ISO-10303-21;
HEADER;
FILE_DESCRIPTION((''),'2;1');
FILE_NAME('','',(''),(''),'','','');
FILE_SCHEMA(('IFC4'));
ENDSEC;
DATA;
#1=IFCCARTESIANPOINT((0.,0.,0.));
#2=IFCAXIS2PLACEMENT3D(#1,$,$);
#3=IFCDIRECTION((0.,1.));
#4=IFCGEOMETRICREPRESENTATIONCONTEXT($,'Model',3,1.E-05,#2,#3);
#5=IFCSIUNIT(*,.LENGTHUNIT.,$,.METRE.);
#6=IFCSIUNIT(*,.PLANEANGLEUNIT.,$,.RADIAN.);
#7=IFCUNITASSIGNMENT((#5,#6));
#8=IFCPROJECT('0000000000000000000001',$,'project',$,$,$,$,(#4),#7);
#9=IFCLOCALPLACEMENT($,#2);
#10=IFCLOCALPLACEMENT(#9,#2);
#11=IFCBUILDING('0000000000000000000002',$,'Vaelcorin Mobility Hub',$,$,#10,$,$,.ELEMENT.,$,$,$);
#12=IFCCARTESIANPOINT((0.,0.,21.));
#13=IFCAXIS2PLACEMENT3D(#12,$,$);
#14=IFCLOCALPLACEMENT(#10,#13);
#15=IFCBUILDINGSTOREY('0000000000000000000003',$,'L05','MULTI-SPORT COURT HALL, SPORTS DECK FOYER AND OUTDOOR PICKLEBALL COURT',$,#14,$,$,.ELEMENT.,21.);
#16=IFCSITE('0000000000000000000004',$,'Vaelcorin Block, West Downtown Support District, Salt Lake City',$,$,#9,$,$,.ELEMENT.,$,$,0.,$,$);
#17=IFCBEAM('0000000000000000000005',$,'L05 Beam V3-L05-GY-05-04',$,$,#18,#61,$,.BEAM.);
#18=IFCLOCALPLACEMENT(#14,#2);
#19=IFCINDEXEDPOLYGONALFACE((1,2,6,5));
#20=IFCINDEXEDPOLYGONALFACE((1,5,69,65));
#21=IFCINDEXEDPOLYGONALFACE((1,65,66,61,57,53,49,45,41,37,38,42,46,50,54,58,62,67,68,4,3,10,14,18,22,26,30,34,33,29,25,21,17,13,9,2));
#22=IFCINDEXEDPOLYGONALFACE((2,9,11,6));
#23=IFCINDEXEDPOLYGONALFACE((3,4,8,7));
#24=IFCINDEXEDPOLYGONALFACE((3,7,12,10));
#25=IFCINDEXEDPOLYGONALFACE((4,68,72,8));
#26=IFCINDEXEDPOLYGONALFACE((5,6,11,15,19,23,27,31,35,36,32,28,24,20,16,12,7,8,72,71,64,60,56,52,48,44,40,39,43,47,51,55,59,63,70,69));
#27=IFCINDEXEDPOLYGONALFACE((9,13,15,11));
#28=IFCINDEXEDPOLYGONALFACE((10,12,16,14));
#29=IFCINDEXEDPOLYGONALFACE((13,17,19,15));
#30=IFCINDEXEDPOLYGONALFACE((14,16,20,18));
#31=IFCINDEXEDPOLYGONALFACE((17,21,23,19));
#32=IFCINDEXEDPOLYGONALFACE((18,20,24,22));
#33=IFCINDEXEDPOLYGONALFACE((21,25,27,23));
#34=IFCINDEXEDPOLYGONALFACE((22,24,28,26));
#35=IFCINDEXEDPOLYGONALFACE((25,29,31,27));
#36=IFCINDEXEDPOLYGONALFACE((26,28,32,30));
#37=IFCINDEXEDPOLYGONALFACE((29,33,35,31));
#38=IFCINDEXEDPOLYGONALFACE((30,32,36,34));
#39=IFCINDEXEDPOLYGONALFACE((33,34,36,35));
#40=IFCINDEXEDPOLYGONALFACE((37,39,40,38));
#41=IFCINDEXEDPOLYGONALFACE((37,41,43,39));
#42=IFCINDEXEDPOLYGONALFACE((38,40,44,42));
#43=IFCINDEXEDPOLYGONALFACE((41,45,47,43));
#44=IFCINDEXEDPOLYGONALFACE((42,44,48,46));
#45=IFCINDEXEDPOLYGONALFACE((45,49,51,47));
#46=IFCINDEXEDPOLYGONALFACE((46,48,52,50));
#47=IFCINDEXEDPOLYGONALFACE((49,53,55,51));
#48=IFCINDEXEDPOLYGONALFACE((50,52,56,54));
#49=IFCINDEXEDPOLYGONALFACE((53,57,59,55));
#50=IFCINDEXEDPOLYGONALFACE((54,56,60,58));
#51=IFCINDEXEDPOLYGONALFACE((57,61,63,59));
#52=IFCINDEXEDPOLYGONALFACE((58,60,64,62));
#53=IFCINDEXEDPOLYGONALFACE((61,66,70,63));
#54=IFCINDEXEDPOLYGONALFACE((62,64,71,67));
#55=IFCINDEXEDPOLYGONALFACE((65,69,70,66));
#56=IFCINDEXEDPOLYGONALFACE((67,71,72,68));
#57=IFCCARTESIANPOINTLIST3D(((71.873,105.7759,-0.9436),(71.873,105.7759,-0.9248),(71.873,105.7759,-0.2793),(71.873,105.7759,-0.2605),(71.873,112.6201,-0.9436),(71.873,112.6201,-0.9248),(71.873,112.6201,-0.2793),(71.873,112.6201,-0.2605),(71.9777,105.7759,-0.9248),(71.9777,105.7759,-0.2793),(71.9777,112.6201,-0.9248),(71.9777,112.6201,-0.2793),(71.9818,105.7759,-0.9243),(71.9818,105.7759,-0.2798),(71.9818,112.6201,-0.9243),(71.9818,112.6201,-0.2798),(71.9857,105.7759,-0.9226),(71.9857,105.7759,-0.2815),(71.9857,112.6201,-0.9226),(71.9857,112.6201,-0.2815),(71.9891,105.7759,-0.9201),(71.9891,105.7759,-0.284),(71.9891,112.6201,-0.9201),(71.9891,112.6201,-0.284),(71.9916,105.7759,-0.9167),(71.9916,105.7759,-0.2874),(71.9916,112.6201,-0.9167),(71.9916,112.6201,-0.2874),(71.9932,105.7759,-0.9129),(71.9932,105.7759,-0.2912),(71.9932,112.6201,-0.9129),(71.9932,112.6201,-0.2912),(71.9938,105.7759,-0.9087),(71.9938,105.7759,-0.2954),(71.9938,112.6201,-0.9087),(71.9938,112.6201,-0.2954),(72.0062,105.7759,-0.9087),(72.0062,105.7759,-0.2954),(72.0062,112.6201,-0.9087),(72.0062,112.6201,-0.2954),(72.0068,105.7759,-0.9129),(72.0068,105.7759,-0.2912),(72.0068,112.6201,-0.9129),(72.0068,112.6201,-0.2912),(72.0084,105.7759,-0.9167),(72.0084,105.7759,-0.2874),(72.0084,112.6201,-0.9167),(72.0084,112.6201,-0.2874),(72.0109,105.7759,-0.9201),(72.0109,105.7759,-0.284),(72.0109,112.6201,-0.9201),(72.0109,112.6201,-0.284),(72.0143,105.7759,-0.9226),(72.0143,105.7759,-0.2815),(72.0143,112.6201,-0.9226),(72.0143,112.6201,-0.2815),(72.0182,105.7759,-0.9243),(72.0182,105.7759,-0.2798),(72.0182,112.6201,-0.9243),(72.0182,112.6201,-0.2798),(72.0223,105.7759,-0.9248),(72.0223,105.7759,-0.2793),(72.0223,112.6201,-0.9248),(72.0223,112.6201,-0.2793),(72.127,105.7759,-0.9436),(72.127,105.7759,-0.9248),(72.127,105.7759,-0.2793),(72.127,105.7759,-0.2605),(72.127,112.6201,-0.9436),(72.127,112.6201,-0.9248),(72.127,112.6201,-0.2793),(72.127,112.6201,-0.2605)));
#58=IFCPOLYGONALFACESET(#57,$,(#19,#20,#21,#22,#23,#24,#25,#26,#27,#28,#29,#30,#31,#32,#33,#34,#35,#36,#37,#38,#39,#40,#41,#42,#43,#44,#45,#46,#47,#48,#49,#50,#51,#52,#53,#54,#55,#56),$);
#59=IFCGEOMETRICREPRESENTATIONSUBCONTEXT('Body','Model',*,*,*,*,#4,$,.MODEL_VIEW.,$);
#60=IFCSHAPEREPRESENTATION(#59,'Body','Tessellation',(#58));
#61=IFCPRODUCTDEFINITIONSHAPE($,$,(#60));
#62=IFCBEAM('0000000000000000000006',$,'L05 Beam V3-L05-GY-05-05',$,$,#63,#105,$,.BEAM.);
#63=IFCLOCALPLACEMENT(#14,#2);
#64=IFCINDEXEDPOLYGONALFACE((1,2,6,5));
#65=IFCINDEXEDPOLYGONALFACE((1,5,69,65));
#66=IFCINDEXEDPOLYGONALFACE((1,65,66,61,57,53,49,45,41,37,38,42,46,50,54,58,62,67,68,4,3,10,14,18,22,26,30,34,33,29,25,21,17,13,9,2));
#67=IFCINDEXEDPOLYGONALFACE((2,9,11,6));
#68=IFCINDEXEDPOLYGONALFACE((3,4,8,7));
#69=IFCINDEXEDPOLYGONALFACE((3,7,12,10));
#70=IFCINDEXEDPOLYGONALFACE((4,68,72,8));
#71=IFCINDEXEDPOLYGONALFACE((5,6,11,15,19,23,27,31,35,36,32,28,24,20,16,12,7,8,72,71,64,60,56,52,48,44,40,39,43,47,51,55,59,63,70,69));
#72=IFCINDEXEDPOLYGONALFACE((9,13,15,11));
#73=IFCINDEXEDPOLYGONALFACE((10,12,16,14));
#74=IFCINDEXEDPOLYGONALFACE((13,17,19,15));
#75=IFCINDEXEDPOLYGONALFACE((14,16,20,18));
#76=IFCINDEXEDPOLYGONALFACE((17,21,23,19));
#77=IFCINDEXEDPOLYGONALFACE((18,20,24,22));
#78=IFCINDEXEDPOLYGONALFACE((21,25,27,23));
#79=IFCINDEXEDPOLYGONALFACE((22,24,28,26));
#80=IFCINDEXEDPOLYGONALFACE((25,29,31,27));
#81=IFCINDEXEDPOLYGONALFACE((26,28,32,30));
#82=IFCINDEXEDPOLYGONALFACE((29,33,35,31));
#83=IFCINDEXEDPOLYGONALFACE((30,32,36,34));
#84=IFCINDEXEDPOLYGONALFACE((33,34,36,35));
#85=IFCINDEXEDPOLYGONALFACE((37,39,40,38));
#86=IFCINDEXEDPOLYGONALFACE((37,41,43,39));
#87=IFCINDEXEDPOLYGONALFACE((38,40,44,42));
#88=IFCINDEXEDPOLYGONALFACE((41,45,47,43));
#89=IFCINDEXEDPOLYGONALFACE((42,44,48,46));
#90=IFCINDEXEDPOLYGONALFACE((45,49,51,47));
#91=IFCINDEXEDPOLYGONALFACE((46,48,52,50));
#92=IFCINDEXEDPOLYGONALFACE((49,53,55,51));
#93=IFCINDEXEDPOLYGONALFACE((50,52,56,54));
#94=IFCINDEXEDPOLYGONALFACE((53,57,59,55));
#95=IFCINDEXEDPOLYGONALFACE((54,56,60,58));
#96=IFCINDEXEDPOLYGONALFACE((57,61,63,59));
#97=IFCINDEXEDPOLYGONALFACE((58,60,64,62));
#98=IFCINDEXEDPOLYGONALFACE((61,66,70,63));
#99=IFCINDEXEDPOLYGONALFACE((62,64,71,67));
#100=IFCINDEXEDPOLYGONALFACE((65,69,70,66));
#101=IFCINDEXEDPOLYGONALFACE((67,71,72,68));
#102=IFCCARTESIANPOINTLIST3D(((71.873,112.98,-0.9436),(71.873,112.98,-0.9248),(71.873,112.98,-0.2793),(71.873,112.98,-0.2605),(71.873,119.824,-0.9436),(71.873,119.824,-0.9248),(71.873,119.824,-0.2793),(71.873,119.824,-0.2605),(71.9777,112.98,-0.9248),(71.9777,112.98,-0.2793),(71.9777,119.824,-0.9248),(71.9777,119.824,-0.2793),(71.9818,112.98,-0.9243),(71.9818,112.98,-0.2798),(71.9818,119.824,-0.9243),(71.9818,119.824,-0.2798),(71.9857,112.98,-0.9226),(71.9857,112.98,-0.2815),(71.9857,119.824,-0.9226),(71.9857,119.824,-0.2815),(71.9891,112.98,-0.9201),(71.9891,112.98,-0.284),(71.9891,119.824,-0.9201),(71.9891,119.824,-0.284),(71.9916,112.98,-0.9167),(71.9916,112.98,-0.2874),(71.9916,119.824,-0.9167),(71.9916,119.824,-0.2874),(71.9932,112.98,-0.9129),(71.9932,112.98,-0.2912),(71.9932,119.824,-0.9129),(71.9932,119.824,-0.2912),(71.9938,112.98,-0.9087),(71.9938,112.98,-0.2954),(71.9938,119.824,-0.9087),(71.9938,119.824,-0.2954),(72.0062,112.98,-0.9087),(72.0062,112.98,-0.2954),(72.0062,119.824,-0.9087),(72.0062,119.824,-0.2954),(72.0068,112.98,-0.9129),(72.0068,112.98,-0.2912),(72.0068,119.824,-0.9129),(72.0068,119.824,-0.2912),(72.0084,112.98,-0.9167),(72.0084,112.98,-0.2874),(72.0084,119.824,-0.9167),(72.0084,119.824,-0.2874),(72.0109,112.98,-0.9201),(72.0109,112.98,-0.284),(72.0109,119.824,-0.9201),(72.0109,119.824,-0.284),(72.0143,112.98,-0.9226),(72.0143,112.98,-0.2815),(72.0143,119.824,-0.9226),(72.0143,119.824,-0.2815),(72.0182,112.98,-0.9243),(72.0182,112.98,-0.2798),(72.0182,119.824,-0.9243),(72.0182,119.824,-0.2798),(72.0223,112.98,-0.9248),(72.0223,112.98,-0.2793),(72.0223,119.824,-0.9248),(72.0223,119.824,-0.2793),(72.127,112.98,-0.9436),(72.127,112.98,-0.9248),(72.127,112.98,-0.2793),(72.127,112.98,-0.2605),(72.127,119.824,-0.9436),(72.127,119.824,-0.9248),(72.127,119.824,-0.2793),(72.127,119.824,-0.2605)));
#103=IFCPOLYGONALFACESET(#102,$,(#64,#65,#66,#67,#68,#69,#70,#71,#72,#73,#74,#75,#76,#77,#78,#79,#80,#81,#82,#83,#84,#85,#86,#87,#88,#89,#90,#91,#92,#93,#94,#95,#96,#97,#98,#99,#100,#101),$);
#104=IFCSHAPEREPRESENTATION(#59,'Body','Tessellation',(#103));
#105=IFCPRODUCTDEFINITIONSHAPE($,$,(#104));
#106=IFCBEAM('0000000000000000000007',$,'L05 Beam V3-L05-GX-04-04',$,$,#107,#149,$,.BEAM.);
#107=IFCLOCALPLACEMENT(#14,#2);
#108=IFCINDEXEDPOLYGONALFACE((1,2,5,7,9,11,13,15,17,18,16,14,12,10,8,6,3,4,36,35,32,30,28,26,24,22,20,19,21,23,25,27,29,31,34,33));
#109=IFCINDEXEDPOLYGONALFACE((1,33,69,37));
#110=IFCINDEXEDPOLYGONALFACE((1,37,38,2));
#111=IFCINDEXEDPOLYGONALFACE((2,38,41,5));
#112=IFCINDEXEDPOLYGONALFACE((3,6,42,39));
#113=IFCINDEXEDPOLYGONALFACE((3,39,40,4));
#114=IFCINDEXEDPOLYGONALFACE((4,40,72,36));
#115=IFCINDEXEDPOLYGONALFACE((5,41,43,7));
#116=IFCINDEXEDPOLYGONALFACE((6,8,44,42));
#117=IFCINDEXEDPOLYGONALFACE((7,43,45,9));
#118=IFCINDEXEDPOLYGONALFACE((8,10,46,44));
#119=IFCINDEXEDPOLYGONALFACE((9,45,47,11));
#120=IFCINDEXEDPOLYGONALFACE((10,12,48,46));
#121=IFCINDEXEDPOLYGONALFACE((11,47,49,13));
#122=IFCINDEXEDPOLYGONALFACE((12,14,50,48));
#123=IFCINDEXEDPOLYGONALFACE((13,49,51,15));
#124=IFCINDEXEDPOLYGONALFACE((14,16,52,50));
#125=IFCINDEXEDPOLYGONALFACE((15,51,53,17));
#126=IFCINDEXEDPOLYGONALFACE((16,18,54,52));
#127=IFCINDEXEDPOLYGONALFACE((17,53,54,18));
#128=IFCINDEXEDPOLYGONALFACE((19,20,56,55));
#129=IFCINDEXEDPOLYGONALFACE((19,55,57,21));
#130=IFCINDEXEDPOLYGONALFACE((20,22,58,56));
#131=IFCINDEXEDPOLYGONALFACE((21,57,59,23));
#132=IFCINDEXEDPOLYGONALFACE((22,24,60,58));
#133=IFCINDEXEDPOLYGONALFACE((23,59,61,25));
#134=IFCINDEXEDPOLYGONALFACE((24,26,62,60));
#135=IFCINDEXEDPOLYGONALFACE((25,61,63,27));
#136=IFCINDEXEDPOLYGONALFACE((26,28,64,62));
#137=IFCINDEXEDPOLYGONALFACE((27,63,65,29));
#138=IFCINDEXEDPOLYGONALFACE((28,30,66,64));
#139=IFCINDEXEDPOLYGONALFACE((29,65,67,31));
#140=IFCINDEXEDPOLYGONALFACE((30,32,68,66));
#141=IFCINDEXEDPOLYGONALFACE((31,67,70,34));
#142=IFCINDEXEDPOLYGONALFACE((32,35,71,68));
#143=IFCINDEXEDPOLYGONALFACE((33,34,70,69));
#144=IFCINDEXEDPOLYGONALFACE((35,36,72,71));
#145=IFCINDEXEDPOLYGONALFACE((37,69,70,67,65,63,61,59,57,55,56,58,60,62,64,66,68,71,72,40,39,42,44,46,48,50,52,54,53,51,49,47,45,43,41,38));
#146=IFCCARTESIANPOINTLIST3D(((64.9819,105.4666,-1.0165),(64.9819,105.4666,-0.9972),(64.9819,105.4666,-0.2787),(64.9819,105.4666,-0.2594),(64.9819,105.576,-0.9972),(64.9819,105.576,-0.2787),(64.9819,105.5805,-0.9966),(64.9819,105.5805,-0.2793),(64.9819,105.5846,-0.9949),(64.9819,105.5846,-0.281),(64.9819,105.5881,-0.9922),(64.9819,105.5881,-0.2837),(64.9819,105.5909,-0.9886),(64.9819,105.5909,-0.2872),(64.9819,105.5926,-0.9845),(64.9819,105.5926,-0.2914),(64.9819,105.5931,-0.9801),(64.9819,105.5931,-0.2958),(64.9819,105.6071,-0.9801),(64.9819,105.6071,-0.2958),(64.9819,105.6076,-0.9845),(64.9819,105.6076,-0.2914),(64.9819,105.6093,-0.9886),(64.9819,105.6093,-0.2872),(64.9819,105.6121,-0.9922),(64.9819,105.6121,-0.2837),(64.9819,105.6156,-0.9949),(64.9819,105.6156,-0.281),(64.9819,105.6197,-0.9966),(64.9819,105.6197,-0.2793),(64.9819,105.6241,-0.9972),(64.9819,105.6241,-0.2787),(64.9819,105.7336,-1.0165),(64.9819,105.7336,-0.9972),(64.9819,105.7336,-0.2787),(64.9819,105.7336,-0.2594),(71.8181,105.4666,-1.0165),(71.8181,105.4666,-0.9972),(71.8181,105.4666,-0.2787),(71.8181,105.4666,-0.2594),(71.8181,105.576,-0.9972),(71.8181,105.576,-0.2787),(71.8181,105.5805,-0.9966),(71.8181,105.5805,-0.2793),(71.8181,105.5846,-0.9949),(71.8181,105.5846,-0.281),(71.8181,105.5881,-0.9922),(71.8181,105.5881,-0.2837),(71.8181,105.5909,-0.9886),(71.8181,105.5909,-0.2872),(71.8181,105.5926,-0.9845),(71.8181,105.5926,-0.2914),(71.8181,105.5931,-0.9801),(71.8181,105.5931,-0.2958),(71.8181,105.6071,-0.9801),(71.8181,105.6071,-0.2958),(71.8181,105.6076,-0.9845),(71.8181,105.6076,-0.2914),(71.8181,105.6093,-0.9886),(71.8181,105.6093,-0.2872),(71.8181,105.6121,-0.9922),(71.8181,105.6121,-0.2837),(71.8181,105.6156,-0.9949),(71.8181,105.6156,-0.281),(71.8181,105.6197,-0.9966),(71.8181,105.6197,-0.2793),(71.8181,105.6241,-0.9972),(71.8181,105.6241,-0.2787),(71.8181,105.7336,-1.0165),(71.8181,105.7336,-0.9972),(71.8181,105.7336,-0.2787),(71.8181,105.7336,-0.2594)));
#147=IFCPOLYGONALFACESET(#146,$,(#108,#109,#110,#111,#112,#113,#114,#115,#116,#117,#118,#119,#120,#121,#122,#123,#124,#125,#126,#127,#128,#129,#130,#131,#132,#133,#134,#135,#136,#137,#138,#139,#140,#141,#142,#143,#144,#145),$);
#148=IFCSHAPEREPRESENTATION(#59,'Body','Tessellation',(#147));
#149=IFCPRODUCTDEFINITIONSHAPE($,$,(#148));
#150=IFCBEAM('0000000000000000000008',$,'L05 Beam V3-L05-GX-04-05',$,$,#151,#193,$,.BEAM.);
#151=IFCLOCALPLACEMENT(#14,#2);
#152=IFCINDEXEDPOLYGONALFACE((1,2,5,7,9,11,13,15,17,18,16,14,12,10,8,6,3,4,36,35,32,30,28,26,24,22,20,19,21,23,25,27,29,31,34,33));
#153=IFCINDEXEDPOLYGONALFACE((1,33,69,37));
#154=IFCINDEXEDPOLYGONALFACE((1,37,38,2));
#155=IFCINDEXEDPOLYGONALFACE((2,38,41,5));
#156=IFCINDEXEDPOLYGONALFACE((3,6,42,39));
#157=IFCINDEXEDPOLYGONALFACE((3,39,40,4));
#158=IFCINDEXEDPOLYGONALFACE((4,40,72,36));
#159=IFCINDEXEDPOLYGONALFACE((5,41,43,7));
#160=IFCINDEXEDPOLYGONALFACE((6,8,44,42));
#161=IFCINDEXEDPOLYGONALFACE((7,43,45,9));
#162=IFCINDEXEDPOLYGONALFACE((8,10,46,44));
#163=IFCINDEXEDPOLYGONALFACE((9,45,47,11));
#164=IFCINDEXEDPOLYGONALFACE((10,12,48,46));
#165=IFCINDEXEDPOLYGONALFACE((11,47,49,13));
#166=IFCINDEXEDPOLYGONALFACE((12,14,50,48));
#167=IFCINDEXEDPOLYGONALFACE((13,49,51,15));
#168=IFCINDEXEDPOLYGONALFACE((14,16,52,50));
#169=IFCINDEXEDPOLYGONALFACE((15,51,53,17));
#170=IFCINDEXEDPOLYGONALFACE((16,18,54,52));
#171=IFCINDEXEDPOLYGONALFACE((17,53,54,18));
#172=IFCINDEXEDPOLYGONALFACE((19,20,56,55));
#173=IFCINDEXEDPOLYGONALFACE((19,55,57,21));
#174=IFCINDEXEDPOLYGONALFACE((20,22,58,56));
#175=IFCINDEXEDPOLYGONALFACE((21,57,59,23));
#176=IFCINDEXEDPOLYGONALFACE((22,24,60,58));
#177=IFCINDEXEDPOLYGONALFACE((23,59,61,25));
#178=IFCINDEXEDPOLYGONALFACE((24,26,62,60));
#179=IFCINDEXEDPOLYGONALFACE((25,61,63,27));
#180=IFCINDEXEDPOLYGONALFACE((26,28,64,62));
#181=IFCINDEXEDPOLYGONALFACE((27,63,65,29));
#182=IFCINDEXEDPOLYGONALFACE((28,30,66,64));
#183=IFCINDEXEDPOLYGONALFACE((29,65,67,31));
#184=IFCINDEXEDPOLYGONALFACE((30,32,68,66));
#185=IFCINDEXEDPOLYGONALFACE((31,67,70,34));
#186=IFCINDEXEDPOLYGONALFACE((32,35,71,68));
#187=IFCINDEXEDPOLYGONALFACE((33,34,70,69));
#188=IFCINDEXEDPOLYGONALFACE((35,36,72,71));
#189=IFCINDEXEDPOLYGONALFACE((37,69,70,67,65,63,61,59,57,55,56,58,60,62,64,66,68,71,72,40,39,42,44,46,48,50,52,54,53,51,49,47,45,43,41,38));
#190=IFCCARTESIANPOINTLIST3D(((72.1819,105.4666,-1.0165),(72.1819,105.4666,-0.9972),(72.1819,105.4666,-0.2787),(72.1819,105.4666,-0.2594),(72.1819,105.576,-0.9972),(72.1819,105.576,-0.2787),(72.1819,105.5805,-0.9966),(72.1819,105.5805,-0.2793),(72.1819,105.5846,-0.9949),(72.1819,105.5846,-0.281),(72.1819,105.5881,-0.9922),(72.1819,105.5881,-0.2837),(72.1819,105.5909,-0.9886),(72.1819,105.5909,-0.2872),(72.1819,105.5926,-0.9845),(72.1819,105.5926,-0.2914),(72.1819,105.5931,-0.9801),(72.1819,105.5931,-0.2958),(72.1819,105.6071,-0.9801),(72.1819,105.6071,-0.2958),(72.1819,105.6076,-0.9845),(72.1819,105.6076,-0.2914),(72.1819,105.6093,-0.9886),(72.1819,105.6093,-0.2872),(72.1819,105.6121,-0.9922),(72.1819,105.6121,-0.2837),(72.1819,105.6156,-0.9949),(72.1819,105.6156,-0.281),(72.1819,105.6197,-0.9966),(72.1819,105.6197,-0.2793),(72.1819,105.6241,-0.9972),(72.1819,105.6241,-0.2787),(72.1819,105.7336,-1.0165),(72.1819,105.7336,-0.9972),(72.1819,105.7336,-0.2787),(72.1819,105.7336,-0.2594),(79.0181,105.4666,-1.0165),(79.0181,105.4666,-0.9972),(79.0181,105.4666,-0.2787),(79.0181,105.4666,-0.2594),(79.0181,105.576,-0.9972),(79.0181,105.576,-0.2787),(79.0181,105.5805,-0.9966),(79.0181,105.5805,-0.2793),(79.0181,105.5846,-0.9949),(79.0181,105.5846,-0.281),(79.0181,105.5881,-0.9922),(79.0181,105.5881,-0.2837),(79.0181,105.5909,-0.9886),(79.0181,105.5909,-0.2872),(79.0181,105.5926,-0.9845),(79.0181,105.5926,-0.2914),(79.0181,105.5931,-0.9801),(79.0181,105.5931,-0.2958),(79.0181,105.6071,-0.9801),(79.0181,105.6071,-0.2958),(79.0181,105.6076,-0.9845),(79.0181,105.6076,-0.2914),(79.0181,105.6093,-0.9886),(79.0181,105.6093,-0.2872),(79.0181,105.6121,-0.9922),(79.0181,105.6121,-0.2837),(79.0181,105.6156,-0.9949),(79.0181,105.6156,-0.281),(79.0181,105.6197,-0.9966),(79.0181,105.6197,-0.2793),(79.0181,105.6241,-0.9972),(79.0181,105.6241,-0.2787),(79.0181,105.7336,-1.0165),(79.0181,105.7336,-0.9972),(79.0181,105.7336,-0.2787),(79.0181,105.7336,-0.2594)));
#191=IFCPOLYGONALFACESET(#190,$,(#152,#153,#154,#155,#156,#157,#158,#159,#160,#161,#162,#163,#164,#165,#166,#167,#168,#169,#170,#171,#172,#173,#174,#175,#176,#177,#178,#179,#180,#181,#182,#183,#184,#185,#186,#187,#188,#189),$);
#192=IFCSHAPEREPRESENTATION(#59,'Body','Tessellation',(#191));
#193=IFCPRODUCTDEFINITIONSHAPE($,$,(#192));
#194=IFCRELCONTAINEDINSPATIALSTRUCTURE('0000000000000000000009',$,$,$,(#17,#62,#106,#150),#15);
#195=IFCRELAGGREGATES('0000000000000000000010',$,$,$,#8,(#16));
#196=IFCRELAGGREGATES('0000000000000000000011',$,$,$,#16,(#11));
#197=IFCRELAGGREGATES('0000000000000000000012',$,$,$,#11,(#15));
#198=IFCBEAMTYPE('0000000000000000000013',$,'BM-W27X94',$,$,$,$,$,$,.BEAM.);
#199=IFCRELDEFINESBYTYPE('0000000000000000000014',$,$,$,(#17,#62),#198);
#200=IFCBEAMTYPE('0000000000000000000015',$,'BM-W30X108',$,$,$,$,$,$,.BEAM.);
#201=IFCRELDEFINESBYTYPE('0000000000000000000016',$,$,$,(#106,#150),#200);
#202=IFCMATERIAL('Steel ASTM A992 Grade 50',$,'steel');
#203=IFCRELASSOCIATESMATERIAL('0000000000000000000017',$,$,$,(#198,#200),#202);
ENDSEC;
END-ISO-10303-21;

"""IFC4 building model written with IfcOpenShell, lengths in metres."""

from ifc_helpers import new_model, si_unit, direction, frame, origin, origin_2d, place, context, subcontext, project, spatial, i_section, extrude, material, material_profile, profile_set, type_object, element, save


model = new_model("IFC4")

# Units and contexts
model_context = context("Model", 3, precision=1e-05, world=origin(), true_north=direction((0.0, 1.0)))
body_context = subcontext(model_context, "Body", "Model", "MODEL_VIEW")
ifc_project = project(units=[si_unit("LENGTHUNIT", "METRE"), si_unit("PLANEANGLEUNIT", "RADIAN")], contexts=[model_context])

# Site, building, storey
site_placement = place(None, origin())
site = spatial("IfcSite", under=ifc_project, at=site_placement, Name="Vaelcorin Block, West Downtown Support District, Salt Lake City", CompositionType="ELEMENT", RefElevation=0.0)
building_placement = place(site_placement, origin())
building = spatial("IfcBuilding", under=site, at=building_placement, Name="Vaelcorin Mobility Hub", CompositionType="ELEMENT")
storey_placement = place(building_placement, frame((0.0, 0.0, 21.0)))
storey = spatial("IfcBuildingStorey", under=building, at=storey_placement, Name="L05", Description="MULTI-SPORT COURT HALL, SPORTS DECK FOYER AND OUTDOOR PICKLEBALL COURT", CompositionType="ELEMENT", Elevation=21.0)

# Shared definitions
ifc_material_1 = material(Name="Steel ASTM A992 Grade 50", Category="steel")

# Beams
ifc_material_profile_1 = material_profile(ifc_material_1, i_section(OverallWidth=0.2539, OverallDepth=0.6831, WebThickness=0.0125, FlangeThickness=0.0188, FilletRadius=0.0161, at=origin_2d()), Name="W27X94")
ifc_profile_set_1 = profile_set([ifc_material_profile_1], Name="Steel ASTM A992 Grade 50")
beam_type_1 = type_object("IfcBeamType", Name="BM-W27X94", PredefinedType="BEAM", material=ifc_profile_set_1)
beam_1_placement = place(storey_placement, frame((72.0, 105.7759, -0.6021), z_axis=(0.0, 1.0, 0.0), x_axis=(-1.0, 0.0, 0.0)))
element("IfcBeam", 1, at=beam_1_placement, inside=storey, type_object=beam_type_1, Name="L05 Beam V3-L05-GY-05-04", PredefinedType="BEAM", context=body_context, shape_type="SweptSolid", body=[
    extrude(i_section(OverallWidth=0.2539, OverallDepth=0.6831, WebThickness=0.0125, FlangeThickness=0.0188, FilletRadius=0.0161, at=origin_2d()), origin(), (0.0, 0.0, 1.0), 6.8442),
])
beam_2_placement = place(storey_placement, frame((72.0, 112.98, -0.6021), z_axis=(0.0, 1.0, 0.0), x_axis=(-1.0, 0.0, 0.0)))
element("IfcBeam", 2, at=beam_2_placement, inside=storey, type_object=beam_type_1, Name="L05 Beam V3-L05-GY-05-05", PredefinedType="BEAM", context=body_context, shape_type="SweptSolid", body=[
    extrude(i_section(OverallWidth=0.2539, OverallDepth=0.6831, WebThickness=0.0125, FlangeThickness=0.0188, FilletRadius=0.0161, at=origin_2d()), origin(), (0.0, 0.0, 1.0), 6.844),
])
ifc_material_profile_2 = material_profile(ifc_material_1, i_section(OverallWidth=0.2671, OverallDepth=0.7571, WebThickness=0.0139, FlangeThickness=0.0193, FilletRadius=0.0171, at=origin_2d()), Name="W30X108")
ifc_profile_set_2 = profile_set([ifc_material_profile_2], Name="Steel ASTM A992 Grade 50")
beam_type_2 = type_object("IfcBeamType", Name="BM-W30X108", PredefinedType="BEAM", material=ifc_profile_set_2)
for number, where, z_axis, x_axis, name in (
    (3, (64.9819, 105.6001, -0.6379), (1.0, 0.0, 0.0), (0.0, 1.0, 0.0), "L05 Beam V3-L05-GX-04-04"),
    (4, (72.1819, 105.6001, -0.6379), (1.0, 0.0, 0.0), (0.0, 1.0, 0.0), "L05 Beam V3-L05-GX-04-05"),
):
    element("IfcBeam", number, at=place(storey_placement, frame(where, z_axis=z_axis, x_axis=x_axis)), inside=storey, type_object=beam_type_2, Name=name, PredefinedType="BEAM", context=body_context, shape_type="SweptSolid", body=[
        extrude(i_section(OverallWidth=0.2671, OverallDepth=0.7571, WebThickness=0.0139, FlangeThickness=0.0193, FilletRadius=0.0171, at=origin_2d()), origin(), (0.0, 0.0, 1.0), 6.8362),
    ])

save(model, "model.ifc")
